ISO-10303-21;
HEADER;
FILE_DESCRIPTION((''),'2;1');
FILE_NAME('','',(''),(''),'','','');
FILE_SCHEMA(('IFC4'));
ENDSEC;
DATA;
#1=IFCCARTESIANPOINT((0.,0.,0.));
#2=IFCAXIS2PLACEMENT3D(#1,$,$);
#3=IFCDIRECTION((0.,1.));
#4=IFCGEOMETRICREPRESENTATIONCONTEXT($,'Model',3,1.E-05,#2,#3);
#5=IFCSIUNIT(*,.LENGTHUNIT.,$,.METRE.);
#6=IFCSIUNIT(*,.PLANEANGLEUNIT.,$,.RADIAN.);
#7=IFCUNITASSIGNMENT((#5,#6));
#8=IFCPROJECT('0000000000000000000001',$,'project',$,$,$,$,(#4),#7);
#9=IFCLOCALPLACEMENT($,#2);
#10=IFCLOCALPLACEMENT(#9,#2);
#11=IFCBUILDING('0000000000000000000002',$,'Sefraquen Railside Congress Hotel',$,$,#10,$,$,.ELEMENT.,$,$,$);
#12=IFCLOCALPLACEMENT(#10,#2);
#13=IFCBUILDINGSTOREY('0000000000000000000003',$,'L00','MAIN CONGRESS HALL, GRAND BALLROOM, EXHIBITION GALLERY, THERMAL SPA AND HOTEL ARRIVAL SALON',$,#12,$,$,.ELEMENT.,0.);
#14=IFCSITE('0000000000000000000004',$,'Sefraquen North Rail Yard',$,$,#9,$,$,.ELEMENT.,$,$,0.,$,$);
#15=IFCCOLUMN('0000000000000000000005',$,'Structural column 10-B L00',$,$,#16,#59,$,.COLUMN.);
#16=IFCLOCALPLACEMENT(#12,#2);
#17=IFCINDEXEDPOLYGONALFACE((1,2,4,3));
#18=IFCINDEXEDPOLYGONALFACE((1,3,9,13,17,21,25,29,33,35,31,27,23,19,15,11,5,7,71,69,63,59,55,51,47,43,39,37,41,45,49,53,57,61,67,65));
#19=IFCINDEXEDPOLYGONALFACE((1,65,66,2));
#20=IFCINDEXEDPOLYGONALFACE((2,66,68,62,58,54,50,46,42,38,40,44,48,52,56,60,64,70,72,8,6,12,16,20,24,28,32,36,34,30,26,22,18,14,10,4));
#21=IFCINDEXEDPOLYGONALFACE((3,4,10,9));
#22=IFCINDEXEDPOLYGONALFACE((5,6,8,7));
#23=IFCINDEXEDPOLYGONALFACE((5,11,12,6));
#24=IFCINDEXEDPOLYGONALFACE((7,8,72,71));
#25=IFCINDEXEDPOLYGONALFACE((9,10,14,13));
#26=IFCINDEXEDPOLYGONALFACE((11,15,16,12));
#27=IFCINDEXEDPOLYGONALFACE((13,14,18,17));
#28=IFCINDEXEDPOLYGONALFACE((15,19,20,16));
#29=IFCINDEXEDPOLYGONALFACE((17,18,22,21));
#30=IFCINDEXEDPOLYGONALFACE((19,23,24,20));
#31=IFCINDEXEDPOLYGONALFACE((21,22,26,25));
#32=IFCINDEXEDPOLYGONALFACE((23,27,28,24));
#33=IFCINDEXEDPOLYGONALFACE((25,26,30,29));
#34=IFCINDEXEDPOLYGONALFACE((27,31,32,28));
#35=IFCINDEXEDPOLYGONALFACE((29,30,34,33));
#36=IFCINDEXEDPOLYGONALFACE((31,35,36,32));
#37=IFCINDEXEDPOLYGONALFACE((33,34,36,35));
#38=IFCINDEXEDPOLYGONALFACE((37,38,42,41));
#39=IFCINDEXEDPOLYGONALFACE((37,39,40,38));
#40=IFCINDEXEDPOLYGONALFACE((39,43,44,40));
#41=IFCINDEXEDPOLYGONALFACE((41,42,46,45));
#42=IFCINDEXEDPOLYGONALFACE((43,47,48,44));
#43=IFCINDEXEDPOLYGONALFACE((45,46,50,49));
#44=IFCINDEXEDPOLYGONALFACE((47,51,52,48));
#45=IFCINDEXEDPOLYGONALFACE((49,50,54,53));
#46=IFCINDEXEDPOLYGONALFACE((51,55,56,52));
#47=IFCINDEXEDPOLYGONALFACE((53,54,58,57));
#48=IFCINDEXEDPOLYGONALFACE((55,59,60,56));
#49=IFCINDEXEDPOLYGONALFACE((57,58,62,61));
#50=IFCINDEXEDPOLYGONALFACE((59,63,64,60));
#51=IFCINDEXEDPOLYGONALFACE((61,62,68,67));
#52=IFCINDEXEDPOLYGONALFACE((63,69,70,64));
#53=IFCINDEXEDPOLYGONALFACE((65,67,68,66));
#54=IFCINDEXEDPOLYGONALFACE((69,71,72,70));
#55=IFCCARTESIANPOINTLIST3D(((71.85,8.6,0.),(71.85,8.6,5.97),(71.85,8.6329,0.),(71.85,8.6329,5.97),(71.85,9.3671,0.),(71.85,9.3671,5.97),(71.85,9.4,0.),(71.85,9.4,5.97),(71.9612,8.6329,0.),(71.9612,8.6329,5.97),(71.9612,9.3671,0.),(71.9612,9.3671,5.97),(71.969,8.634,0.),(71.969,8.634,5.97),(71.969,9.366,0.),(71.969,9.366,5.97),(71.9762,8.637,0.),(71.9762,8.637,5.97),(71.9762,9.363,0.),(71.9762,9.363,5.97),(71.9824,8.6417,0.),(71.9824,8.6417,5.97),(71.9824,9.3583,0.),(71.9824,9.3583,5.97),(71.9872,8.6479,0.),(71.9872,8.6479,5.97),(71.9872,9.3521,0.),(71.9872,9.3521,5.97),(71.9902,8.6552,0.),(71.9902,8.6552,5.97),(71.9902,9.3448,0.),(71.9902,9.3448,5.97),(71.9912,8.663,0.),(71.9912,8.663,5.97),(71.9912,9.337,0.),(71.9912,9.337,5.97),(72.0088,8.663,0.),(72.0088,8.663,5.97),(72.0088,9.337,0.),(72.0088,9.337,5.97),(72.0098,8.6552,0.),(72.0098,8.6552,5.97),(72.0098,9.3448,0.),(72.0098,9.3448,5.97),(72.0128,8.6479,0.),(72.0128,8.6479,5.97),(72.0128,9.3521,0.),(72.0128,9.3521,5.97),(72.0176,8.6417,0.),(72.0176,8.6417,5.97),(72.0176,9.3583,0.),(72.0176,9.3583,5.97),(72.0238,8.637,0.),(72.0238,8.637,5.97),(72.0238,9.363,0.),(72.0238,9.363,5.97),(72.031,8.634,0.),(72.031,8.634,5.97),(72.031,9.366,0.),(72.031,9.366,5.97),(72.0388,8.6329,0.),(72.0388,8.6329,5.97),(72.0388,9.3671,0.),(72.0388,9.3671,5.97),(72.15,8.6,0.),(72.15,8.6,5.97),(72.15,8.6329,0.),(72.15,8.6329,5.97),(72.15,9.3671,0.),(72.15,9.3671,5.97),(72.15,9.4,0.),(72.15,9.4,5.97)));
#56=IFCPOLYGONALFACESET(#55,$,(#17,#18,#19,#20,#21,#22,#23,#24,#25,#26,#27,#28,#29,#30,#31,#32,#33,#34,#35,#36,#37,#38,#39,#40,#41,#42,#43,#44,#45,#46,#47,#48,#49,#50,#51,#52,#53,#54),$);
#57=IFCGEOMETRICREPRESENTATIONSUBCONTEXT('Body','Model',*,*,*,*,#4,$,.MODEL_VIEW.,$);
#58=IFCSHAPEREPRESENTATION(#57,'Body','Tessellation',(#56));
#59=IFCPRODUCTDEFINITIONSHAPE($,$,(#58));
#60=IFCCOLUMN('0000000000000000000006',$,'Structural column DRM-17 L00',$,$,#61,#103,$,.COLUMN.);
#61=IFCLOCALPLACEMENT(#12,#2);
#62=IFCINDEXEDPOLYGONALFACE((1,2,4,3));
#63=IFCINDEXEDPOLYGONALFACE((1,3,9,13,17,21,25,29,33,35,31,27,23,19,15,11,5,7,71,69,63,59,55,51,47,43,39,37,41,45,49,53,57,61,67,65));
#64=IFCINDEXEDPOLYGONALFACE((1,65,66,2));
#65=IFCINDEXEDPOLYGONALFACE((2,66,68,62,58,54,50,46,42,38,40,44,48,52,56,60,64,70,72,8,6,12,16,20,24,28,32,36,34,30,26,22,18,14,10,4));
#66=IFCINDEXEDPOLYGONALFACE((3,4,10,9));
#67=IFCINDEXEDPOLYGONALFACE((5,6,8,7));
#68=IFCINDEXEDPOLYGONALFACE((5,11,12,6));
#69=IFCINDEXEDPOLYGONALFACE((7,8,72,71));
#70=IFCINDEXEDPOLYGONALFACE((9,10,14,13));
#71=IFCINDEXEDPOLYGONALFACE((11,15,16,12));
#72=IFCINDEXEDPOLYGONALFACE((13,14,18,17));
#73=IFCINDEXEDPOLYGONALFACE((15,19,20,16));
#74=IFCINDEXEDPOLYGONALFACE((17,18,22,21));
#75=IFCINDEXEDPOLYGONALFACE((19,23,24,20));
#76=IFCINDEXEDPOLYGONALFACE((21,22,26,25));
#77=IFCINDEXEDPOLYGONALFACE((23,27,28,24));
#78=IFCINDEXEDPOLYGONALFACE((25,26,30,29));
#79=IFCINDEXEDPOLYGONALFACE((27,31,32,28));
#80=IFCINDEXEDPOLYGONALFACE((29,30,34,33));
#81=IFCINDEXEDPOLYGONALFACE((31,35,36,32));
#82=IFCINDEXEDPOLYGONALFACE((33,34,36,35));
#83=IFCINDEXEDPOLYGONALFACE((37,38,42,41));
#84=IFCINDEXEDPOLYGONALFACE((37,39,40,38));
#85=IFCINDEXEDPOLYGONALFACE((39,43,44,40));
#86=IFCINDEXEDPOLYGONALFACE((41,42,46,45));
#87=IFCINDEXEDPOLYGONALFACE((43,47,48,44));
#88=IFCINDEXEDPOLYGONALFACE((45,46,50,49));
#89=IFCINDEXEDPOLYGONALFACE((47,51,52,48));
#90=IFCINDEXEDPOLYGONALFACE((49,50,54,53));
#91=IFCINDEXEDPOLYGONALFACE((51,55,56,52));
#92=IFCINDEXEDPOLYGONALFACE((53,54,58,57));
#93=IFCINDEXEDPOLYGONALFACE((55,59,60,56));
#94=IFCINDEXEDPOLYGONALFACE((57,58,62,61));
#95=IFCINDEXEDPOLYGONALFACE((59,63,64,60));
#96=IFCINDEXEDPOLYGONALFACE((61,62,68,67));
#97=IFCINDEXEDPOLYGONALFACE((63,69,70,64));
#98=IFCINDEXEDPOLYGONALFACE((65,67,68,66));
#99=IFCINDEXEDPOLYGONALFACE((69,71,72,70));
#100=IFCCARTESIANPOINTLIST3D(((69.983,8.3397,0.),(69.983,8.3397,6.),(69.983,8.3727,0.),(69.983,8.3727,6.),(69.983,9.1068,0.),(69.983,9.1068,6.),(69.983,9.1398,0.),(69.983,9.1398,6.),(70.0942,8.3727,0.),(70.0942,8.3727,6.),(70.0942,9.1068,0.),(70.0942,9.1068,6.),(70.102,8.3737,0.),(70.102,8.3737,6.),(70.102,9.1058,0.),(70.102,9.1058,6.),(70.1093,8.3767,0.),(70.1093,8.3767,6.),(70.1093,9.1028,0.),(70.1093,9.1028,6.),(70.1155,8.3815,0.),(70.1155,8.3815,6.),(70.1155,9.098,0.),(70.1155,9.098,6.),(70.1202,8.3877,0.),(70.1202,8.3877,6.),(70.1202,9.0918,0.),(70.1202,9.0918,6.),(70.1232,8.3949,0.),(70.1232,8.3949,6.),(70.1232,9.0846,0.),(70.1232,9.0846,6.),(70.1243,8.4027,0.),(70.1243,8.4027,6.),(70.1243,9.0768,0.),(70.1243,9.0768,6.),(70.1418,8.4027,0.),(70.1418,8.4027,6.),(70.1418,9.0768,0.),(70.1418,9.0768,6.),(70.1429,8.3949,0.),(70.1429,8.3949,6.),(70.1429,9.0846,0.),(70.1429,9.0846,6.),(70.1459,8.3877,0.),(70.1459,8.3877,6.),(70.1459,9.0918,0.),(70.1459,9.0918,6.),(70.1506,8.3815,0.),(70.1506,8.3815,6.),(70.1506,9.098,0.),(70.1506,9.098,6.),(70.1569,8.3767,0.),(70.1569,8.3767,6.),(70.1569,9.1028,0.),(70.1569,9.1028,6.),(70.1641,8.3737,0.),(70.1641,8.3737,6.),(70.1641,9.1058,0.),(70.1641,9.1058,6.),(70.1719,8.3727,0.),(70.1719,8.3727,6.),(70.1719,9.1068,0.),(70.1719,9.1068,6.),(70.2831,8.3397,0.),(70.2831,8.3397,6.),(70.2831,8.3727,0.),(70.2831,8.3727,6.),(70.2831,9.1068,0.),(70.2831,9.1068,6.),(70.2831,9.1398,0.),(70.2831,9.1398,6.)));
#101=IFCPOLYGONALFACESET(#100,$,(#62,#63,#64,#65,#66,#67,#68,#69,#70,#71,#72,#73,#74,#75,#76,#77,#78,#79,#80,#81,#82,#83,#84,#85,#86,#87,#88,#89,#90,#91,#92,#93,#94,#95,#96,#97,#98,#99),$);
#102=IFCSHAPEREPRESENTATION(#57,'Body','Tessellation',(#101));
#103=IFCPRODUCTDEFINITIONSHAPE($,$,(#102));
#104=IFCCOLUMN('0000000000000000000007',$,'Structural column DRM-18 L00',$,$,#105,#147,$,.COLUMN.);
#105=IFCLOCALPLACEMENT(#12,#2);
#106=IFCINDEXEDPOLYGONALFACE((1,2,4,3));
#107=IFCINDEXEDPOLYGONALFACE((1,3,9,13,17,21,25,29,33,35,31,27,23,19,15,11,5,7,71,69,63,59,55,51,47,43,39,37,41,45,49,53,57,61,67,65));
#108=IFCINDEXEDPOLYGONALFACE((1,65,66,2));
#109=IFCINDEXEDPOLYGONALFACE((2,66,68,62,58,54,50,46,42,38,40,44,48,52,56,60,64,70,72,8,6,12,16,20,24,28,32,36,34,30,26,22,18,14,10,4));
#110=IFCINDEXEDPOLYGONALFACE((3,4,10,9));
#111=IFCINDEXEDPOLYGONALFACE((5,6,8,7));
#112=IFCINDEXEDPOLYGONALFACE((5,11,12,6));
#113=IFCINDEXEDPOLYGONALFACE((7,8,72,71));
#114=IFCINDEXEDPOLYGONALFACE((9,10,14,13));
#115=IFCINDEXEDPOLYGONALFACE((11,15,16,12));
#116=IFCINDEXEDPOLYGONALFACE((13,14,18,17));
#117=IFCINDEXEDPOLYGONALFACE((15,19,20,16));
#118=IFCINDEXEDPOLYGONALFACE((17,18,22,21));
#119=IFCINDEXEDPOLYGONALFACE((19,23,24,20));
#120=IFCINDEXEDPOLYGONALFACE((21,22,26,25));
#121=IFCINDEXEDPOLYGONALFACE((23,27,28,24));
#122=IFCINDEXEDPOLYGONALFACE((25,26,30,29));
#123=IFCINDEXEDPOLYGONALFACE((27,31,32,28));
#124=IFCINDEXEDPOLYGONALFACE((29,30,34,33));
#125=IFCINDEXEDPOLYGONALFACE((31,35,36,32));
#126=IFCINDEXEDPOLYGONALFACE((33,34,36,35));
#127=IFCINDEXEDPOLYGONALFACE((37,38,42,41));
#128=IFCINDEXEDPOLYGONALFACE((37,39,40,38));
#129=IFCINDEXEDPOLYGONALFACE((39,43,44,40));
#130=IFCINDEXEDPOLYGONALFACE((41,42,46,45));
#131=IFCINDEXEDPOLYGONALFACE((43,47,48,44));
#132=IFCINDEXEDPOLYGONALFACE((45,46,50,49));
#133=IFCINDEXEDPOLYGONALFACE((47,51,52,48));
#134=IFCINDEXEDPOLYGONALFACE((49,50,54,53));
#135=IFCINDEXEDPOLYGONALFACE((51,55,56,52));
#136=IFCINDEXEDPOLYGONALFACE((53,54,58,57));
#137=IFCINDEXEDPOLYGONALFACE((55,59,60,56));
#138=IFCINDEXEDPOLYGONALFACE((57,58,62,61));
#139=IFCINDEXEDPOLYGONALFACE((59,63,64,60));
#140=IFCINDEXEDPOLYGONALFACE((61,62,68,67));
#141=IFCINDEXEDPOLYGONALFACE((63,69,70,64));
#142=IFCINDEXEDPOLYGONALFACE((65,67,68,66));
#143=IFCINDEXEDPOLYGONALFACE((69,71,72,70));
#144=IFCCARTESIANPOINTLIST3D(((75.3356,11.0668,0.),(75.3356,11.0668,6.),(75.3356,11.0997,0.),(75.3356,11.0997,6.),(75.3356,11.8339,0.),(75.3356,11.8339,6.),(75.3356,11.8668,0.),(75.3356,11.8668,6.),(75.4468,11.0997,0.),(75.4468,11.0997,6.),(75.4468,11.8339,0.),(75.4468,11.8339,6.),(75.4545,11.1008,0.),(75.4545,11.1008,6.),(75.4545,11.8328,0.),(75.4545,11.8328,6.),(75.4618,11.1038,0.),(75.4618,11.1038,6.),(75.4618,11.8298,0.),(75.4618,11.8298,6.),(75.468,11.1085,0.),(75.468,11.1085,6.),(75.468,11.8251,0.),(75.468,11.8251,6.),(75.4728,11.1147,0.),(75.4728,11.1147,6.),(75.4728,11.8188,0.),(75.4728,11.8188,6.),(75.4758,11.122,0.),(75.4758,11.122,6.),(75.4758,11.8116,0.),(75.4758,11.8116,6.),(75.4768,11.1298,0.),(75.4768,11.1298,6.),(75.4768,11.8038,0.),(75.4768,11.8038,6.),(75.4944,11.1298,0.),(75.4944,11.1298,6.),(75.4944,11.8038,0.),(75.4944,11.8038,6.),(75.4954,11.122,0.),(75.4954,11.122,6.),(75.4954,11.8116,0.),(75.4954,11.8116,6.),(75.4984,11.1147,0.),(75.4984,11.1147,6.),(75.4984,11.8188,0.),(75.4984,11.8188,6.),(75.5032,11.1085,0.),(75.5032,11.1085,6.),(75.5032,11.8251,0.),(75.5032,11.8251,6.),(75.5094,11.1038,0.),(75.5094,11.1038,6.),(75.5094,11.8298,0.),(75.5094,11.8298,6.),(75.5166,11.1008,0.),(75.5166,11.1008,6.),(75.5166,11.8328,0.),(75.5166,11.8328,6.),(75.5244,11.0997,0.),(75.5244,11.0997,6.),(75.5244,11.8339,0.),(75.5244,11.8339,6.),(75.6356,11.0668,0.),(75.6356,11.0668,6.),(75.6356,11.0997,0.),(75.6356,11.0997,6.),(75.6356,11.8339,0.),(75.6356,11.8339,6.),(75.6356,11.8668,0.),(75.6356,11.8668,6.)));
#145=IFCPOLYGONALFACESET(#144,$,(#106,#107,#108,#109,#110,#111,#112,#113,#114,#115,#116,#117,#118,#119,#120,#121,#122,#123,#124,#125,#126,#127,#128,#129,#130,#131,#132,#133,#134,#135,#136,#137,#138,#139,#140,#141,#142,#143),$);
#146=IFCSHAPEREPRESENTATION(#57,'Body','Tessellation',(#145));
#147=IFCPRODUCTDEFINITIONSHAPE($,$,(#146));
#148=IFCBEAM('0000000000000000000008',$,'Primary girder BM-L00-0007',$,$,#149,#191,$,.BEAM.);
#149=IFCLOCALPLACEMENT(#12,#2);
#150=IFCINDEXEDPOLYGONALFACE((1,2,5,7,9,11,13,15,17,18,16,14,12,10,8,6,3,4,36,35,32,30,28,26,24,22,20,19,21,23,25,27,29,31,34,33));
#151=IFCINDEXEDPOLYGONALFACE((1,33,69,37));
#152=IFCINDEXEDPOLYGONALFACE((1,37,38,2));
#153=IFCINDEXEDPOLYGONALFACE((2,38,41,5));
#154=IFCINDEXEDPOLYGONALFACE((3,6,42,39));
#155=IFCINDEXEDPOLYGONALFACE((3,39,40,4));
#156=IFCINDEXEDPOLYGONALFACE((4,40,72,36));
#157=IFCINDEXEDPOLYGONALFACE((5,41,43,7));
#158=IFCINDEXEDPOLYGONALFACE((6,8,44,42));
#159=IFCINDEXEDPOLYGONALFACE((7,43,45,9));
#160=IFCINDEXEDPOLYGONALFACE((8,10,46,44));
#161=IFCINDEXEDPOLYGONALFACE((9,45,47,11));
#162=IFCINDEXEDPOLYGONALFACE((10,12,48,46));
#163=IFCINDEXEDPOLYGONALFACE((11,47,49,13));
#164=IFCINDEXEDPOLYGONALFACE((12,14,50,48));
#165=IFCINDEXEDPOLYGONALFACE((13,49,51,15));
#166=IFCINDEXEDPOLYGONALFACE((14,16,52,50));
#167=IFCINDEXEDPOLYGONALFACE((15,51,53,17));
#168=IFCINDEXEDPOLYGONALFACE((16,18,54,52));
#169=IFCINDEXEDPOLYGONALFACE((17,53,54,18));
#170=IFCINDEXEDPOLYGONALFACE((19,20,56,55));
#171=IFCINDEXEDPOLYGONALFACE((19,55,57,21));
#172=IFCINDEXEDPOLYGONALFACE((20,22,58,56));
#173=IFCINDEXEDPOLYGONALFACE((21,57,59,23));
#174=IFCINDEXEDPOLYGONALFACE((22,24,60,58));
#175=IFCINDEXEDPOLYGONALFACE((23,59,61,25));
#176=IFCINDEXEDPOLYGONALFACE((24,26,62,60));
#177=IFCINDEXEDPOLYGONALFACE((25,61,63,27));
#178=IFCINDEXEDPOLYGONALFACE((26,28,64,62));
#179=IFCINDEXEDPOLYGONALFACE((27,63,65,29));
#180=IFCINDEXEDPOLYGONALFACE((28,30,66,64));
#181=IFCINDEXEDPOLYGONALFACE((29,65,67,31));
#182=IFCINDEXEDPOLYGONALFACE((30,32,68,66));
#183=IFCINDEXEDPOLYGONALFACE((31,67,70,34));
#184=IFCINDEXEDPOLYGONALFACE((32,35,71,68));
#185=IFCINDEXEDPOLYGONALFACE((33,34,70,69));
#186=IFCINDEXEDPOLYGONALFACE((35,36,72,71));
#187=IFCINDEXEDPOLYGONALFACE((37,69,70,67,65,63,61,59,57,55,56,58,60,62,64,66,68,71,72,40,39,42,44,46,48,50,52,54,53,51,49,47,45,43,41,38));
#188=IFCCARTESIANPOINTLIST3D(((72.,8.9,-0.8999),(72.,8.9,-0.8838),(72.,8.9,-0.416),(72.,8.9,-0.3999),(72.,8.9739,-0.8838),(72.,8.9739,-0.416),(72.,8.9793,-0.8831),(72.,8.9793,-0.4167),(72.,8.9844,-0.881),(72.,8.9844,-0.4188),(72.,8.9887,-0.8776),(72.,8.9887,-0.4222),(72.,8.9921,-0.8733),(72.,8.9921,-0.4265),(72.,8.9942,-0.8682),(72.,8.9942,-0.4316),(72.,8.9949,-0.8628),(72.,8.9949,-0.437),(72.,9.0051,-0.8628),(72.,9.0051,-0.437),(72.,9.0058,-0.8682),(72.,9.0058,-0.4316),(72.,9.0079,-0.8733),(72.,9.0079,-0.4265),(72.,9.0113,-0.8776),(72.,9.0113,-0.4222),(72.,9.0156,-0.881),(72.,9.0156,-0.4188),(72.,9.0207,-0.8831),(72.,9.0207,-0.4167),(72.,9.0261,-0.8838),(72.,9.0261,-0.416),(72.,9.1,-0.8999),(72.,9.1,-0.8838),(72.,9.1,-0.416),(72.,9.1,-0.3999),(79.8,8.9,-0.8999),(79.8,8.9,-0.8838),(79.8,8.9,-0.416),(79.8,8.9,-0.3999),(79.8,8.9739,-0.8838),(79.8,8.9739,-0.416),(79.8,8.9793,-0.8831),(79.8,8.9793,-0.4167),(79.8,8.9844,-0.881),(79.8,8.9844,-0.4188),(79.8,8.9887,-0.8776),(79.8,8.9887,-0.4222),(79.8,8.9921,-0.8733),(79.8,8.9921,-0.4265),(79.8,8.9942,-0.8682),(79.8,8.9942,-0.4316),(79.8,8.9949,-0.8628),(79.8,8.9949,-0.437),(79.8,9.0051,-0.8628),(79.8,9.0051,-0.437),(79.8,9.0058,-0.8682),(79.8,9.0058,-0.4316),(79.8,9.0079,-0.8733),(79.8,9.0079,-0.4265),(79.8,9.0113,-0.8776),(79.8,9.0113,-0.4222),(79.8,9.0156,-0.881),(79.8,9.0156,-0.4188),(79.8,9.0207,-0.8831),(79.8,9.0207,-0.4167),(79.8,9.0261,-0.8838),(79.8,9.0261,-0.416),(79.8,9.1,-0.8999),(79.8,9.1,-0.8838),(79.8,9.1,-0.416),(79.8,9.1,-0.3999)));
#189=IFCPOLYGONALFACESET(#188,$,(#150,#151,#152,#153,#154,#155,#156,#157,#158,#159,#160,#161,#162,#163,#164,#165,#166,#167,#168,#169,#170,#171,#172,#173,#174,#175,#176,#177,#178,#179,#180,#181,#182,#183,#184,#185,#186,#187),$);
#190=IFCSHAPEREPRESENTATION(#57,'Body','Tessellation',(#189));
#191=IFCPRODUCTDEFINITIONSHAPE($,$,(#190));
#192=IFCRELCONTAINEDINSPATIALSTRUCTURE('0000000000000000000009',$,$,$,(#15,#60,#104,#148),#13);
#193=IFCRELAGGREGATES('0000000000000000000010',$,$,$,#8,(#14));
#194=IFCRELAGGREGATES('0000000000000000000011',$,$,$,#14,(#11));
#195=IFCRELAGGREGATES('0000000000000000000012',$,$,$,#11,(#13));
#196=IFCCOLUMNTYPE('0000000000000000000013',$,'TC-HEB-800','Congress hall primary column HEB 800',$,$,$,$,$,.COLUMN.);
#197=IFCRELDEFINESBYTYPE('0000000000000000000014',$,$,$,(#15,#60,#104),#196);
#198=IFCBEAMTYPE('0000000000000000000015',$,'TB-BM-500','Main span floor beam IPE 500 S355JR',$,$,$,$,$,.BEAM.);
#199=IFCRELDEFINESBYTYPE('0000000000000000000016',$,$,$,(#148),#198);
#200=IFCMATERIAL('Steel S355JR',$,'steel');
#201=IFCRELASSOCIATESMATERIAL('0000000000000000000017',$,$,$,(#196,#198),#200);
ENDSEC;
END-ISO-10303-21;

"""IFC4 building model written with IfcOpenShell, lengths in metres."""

from ifc_helpers import new_model, si_unit, direction, frame, origin, origin_2d, place, context, subcontext, project, spatial, i_section, extrude, material, material_profile, profile_set, type_object, element, save


model = new_model("IFC4")

# Units and contexts
model_context = context("Model", 3, precision=1e-05, world=origin(), true_north=direction((0.0, 1.0)))
body_context = subcontext(model_context, "Body", "Model", "MODEL_VIEW")
ifc_project = project(units=[si_unit("LENGTHUNIT", "METRE"), si_unit("PLANEANGLEUNIT", "RADIAN")], contexts=[model_context])

# Site, building, storey
site_placement = place(None, origin())
site = spatial("IfcSite", under=ifc_project, at=site_placement, Name="Sefraquen North Rail Yard", CompositionType="ELEMENT", RefElevation=0.0)
building_placement = place(site_placement, origin())
building = spatial("IfcBuilding", under=site, at=building_placement, Name="Sefraquen Railside Congress Hotel", CompositionType="ELEMENT")
storey_placement = place(building_placement, origin())
storey = spatial("IfcBuildingStorey", under=building, at=storey_placement, Name="L00", Description="MAIN CONGRESS HALL, GRAND BALLROOM, EXHIBITION GALLERY, THERMAL SPA AND HOTEL ARRIVAL SALON", CompositionType="ELEMENT", Elevation=0.0)

# Columns
ifc_material_1 = material(Name="Steel S355JR", Category="steel")
ifc_material_profile_1 = material_profile(ifc_material_1, i_section(OverallWidth=0.3, OverallDepth=0.8, WebThickness=0.0176, FlangeThickness=0.033, FilletRadius=0.03, at=origin_2d()), Name="HEB 800")
ifc_profile_set_1 = profile_set([ifc_material_profile_1], Name="Steel S355JR")
column_type = type_object("IfcColumnType", Name="TC-HEB-800", Description="Congress hall primary column HEB 800", PredefinedType="COLUMN", material=ifc_profile_set_1)
column_placement = place(storey_placement, frame((72.0, 9.0, 0.0), z_axis=(0.0, 0.0, 1.0), x_axis=(1.0, 0.0, 0.0)))
element("IfcColumn", 1, at=column_placement, inside=storey, type_object=column_type, Name="Structural column 10-B L00", PredefinedType="COLUMN", context=body_context, shape_type="SweptSolid", body=[
    extrude(i_section(OverallWidth=0.3, OverallDepth=0.8, WebThickness=0.0176, FlangeThickness=0.033, FilletRadius=0.03, at=origin_2d()), origin(), (0.0, 0.0, 1.0), 5.97),
])
for number, where, z_axis, x_axis, name in (
    (2, (70.1331, 8.7397, 0.0), (0.0, 0.0, 1.0), (1.0, 0.0, 0.0), "Structural column DRM-17 L00"),
    (3, (75.4856, 11.4668, 0.0), (0.0, 0.0, 1.0), (1.0, 0.0, 0.0), "Structural column DRM-18 L00"),
):
    element("IfcColumn", number, at=place(storey_placement, frame(where, z_axis=z_axis, x_axis=x_axis)), inside=storey, type_object=column_type, Name=name, PredefinedType="COLUMN", context=body_context, shape_type="SweptSolid", body=[
        extrude(i_section(OverallWidth=0.3, OverallDepth=0.8, WebThickness=0.0176, FlangeThickness=0.033, FilletRadius=0.03, at=origin_2d()), origin(), (0.0, 0.0, 1.0), 6.0),
    ])

# Beam
ifc_material_profile_2 = material_profile(ifc_material_1, i_section(OverallWidth=0.2, OverallDepth=0.5, WebThickness=0.0103, FlangeThickness=0.0161, FilletRadius=0.021, at=origin_2d()), Name="IPE 500")
ifc_profile_set_2 = profile_set([ifc_material_profile_2], Name="Steel S355JR")
beam_type = type_object("IfcBeamType", Name="TB-BM-500", Description="Main span floor beam IPE 500 S355JR", PredefinedType="BEAM", material=ifc_profile_set_2)
beam_placement = place(storey_placement, frame((72.0, 9.0, -0.6499), z_axis=(1.0, 0.0, 0.0), x_axis=(0.0, 1.0, 0.0)))
element("IfcBeam", 4, at=beam_placement, inside=storey, type_object=beam_type, Name="Primary girder BM-L00-0007", PredefinedType="BEAM", context=body_context, shape_type="SweptSolid", body=[
    extrude(i_section(OverallWidth=0.2, OverallDepth=0.5, WebThickness=0.0103, FlangeThickness=0.0161, FilletRadius=0.021, at=origin_2d()), origin(), (0.0, 0.0, 1.0), 7.8),
])

save(model, "model.ifc")
